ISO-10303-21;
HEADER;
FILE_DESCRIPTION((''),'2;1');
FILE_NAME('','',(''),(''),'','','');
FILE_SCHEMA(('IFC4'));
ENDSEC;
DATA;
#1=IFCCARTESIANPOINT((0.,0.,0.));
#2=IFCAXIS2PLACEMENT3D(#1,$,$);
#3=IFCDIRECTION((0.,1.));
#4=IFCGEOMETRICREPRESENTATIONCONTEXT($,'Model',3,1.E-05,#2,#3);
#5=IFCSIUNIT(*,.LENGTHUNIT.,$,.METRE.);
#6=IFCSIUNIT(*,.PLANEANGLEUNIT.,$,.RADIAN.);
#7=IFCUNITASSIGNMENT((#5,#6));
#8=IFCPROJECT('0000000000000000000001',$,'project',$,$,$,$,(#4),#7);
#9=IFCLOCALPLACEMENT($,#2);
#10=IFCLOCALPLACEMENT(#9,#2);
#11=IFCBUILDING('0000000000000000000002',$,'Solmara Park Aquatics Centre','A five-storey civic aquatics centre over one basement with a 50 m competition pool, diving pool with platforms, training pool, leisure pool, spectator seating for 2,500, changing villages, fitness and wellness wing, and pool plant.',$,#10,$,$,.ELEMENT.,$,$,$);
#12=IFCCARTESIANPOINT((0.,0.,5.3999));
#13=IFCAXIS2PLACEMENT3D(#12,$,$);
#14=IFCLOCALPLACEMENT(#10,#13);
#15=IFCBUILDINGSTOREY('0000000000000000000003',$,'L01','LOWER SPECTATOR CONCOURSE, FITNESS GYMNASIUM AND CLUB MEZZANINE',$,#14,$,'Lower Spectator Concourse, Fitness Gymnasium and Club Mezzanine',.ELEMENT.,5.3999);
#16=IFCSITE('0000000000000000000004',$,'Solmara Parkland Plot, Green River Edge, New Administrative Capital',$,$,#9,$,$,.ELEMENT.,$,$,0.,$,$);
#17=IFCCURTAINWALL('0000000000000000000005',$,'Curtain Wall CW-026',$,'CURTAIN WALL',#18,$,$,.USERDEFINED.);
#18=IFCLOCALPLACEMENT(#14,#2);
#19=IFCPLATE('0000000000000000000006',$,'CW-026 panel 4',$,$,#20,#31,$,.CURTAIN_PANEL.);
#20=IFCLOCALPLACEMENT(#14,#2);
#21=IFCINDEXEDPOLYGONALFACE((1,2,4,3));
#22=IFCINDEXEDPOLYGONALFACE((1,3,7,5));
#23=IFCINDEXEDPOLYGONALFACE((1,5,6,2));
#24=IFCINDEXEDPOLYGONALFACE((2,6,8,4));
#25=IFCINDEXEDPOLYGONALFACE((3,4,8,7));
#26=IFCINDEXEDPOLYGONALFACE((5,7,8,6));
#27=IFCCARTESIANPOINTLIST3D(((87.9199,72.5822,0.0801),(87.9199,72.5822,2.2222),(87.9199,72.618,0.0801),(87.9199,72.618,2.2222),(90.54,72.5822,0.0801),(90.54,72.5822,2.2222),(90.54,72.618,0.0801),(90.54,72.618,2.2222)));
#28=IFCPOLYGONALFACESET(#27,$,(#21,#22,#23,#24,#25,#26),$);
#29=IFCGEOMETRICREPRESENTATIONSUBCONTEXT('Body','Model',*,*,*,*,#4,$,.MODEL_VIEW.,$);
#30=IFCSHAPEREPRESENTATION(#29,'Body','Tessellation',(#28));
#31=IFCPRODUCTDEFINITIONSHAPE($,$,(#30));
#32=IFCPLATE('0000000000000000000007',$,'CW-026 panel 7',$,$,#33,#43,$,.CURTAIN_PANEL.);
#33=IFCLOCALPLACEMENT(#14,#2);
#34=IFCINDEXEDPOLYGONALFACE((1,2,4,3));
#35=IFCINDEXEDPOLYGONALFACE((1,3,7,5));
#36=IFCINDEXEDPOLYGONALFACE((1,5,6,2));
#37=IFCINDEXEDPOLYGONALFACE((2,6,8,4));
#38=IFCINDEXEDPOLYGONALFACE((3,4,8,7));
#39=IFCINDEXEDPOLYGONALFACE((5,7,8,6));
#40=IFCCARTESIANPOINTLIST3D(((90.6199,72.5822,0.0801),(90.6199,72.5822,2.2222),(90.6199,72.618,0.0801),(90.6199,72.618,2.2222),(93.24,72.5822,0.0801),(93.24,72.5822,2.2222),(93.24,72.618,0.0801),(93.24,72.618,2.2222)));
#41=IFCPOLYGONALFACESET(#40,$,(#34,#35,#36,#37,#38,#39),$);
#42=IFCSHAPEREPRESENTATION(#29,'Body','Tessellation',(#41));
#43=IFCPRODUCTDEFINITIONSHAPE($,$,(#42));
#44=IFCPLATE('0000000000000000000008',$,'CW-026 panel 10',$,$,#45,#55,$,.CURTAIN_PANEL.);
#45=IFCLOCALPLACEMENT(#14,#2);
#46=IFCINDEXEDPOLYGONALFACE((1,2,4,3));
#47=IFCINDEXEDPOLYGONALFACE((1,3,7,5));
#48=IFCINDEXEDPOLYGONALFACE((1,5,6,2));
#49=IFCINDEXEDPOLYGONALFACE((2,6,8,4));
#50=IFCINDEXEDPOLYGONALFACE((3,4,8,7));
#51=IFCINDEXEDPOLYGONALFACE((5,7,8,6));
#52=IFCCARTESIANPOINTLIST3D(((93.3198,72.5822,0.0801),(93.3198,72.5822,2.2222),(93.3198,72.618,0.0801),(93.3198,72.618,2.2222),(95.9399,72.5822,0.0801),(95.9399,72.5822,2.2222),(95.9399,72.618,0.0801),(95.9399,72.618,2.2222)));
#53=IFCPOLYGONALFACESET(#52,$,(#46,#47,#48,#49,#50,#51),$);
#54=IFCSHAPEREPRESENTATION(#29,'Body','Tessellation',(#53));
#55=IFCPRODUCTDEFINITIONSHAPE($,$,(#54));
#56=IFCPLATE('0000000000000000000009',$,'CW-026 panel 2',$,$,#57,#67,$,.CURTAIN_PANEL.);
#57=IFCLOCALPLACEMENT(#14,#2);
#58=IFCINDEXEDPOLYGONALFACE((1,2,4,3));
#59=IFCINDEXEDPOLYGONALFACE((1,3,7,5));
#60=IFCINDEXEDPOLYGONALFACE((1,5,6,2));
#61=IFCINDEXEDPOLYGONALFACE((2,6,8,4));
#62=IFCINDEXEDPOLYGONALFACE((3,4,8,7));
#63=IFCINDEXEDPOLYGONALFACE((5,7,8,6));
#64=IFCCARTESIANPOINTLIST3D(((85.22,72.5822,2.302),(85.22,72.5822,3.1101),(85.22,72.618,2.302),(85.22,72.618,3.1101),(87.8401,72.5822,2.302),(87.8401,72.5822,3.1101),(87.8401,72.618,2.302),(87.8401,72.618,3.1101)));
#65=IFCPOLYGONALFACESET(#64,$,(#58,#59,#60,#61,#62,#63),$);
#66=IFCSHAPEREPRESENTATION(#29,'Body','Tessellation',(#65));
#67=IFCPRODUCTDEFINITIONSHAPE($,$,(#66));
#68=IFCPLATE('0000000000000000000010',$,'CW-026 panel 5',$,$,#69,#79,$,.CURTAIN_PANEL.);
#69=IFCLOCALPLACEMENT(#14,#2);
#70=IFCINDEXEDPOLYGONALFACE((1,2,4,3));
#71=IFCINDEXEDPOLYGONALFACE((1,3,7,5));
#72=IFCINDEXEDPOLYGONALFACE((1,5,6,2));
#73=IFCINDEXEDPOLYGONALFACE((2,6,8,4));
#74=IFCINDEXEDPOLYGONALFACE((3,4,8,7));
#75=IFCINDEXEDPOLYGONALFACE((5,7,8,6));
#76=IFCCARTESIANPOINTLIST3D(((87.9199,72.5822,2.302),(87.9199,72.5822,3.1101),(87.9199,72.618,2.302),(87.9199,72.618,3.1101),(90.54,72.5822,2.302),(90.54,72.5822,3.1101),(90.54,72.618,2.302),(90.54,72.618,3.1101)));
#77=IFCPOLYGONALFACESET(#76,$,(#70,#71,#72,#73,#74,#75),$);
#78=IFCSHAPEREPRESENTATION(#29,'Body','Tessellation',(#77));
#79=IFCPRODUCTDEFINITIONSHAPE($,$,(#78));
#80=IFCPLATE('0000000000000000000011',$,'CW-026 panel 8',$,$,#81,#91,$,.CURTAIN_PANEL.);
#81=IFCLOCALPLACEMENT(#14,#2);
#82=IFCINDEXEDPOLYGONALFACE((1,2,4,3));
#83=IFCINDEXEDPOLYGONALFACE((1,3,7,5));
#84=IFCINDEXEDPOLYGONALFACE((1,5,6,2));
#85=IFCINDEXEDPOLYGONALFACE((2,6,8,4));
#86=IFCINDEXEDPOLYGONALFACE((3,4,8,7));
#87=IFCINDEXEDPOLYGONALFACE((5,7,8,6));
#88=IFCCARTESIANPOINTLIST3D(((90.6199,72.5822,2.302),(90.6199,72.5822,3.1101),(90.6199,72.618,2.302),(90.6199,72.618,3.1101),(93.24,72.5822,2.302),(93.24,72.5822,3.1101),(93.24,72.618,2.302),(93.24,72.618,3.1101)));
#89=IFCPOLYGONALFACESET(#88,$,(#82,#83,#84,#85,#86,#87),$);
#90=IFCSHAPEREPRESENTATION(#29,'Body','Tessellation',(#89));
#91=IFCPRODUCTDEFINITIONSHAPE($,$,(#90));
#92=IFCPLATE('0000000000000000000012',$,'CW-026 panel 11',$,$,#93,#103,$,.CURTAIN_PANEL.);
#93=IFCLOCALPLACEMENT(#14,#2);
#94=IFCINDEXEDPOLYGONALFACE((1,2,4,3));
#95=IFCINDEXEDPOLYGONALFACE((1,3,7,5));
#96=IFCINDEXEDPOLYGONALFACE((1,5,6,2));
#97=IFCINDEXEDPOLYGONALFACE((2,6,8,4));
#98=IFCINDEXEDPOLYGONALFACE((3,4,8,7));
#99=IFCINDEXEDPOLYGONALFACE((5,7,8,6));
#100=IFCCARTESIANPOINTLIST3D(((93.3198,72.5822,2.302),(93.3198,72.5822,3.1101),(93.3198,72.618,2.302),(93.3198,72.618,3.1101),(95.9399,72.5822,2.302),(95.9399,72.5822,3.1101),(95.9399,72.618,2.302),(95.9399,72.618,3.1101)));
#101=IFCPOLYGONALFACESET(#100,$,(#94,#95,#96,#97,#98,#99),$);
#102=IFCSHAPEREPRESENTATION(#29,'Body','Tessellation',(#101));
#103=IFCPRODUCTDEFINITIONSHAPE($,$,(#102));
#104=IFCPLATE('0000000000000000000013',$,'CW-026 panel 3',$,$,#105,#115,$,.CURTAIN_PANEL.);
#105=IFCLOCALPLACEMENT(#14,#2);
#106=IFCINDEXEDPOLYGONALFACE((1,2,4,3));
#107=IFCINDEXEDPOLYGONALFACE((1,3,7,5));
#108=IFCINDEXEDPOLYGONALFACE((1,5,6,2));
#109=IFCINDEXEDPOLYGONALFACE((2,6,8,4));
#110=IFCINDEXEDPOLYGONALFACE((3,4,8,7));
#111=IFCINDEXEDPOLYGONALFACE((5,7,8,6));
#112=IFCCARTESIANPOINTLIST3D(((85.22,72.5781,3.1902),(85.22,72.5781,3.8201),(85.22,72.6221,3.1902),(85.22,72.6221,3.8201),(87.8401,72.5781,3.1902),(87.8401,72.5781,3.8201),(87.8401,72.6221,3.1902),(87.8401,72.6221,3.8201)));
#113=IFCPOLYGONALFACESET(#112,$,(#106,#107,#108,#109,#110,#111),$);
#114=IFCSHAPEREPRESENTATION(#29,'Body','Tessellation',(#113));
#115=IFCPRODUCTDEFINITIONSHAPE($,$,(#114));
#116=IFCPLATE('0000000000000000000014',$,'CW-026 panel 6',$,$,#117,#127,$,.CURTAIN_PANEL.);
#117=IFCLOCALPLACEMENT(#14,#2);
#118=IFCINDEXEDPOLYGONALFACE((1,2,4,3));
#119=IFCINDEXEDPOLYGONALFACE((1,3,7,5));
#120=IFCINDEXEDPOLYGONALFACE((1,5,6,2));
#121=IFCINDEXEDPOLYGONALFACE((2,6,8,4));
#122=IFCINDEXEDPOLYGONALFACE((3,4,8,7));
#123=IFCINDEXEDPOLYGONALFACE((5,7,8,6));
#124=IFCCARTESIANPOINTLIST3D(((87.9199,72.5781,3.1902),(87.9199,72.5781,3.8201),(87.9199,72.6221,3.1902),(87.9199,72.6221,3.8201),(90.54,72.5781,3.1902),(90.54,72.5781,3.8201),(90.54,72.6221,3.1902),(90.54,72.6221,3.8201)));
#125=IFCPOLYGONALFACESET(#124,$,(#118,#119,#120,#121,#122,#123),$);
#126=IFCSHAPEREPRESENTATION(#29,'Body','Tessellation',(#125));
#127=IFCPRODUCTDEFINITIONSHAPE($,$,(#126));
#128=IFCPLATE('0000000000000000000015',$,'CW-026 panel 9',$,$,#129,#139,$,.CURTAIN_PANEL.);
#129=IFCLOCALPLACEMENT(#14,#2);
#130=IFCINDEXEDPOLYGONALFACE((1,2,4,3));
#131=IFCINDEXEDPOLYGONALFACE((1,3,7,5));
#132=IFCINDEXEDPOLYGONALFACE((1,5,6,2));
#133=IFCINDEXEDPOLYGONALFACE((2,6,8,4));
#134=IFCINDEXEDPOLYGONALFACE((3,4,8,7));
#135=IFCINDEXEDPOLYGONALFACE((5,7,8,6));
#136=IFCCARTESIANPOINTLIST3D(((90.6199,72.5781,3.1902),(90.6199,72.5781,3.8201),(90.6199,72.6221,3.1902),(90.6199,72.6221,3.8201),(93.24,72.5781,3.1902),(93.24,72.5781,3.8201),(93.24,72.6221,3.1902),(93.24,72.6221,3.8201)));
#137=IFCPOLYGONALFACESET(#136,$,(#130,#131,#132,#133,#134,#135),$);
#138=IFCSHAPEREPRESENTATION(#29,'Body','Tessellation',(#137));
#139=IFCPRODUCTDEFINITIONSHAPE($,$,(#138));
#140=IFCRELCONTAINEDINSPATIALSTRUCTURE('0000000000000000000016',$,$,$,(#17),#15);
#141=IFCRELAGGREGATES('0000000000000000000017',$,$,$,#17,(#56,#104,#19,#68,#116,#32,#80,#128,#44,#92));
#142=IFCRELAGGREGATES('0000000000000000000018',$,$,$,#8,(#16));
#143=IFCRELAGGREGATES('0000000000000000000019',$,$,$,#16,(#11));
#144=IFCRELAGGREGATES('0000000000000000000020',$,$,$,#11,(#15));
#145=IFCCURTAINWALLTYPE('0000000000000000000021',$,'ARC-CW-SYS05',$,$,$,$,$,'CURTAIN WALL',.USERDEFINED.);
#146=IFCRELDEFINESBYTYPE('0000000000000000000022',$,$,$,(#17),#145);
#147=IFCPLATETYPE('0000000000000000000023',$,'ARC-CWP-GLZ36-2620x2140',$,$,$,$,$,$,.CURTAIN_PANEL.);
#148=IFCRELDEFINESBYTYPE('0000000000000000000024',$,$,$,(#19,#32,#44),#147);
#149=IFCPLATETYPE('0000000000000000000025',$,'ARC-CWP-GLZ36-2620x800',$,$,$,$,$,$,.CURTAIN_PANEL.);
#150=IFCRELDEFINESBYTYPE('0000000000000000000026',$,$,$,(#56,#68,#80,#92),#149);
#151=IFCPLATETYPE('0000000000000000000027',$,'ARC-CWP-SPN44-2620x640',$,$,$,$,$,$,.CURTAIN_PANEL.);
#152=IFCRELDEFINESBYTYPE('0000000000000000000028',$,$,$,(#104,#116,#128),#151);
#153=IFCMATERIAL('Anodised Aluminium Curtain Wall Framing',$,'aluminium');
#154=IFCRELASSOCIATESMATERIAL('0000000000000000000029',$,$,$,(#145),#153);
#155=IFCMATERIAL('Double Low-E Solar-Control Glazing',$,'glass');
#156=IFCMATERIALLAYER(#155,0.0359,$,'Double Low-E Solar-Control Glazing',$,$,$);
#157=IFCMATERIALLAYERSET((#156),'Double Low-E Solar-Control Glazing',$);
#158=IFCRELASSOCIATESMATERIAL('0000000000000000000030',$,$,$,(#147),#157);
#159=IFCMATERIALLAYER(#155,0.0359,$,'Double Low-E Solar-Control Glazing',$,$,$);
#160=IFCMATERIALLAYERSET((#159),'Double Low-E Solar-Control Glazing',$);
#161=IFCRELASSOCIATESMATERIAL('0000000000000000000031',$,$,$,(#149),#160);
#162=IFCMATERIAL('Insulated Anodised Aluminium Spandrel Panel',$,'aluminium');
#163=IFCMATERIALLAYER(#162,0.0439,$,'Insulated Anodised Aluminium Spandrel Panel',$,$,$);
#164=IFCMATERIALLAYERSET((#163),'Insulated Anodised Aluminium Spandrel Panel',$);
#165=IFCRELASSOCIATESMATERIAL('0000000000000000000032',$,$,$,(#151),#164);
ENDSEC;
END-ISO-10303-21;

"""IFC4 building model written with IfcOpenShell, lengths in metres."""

from ifc_helpers import new_model, si_unit, direction, frame, origin, origin_2d, place, context, subcontext, project, spatial, rectangle, extrude, material, layer, layer_set, type_object, element, aggregate, save


model = new_model("IFC4")

# Units and contexts
model_context = context("Model", 3, precision=1e-05, world=origin(), true_north=direction((0.0, 1.0)))
body_context = subcontext(model_context, "Body", "Model", "MODEL_VIEW")
ifc_project = project(units=[si_unit("LENGTHUNIT", "METRE"), si_unit("PLANEANGLEUNIT", "RADIAN")], contexts=[model_context])

# Site, building, storey
site_placement = place(None, origin())
site = spatial("IfcSite", under=ifc_project, at=site_placement, Name="Solmara Parkland Plot, Green River Edge, New Administrative Capital", CompositionType="ELEMENT", RefElevation=0.0)
building_placement = place(site_placement, origin())
building = spatial("IfcBuilding", under=site, at=building_placement, Name="Solmara Park Aquatics Centre", Description="A five-storey civic aquatics centre over one basement with a 50 m competition pool, diving pool with platforms, training pool, leisure pool, spectator seating for 2,500, changing villages, fitness and wellness wing, and pool plant.", CompositionType="ELEMENT")
storey_placement = place(building_placement, frame((0.0, 0.0, 5.3999)))
storey = spatial("IfcBuildingStorey", under=building, at=storey_placement, Name="L01", Description="LOWER SPECTATOR CONCOURSE, FITNESS GYMNASIUM AND CLUB MEZZANINE", LongName="Lower Spectator Concourse, Fitness Gymnasium and Club Mezzanine", CompositionType="ELEMENT", Elevation=5.3999)

# Curtain wall
ifc_material_1 = material(Name="Anodised Aluminium Curtain Wall Framing", Category="aluminium")
curtain_wall_type = type_object("IfcCurtainWallType", Name="ARC-CW-SYS05", ElementType="CURTAIN WALL", PredefinedType="USERDEFINED", material=ifc_material_1)
curtain_wall_placement = place(storey_placement, origin())
curtain_wall = element("IfcCurtainWall", 1, at=curtain_wall_placement, inside=storey, type_object=curtain_wall_type, Name="Curtain Wall CW-026", ObjectType="CURTAIN WALL", PredefinedType="USERDEFINED")

# Plates
ifc_material_2 = material(Name="Double Low-E Solar-Control Glazing", Category="glass")
ifc_layer_1 = layer(ifc_material_2, 0.0359, Name="Double Low-E Solar-Control Glazing")
ifc_layer_set_1 = layer_set([ifc_layer_1], Name="Double Low-E Solar-Control Glazing")
plate_type_1 = type_object("IfcPlateType", Name="ARC-CWP-GLZ36-2620x2140", PredefinedType="CURTAIN_PANEL", material=ifc_layer_set_1)
plate_1_placement = place(storey_placement, frame((89.23, 72.6001, 0.0801), z_axis=(0.0, 0.0, 1.0), x_axis=(1.0, 0.0, 0.0)))
plate_1 = element("IfcPlate", 2, at=plate_1_placement, type_object=plate_type_1, Name="CW-026 panel 4", PredefinedType="CURTAIN_PANEL", context=body_context, shape_type="SweptSolid", body=[
    extrude(rectangle(XDim=2.6201, YDim=0.0359, at=origin_2d()), origin(), (0.0, 0.0, 1.0), 2.1421),
])
plate_2_placement = place(storey_placement, frame((91.9299, 72.6001, 0.0801), z_axis=(0.0, 0.0, 1.0), x_axis=(1.0, 0.0, 0.0)))
plate_2 = element("IfcPlate", 3, at=plate_2_placement, type_object=plate_type_1, Name="CW-026 panel 7", PredefinedType="CURTAIN_PANEL", context=body_context, shape_type="SweptSolid", body=[
    extrude(rectangle(XDim=2.6201, YDim=0.0359, at=origin_2d()), origin(), (0.0, 0.0, 1.0), 2.1421),
])
plate_3_placement = place(storey_placement, frame((94.6299, 72.6001, 0.0801), z_axis=(0.0, 0.0, 1.0), x_axis=(1.0, 0.0, 0.0)))
plate_3 = element("IfcPlate", 4, at=plate_3_placement, type_object=plate_type_1, Name="CW-026 panel 10", PredefinedType="CURTAIN_PANEL", context=body_context, shape_type="SweptSolid", body=[
    extrude(rectangle(XDim=2.6201, YDim=0.0359, at=origin_2d()), origin(), (0.0, 0.0, 1.0), 2.1421),
])
ifc_layer_2 = layer(ifc_material_2, 0.0359, Name="Double Low-E Solar-Control Glazing")
ifc_layer_set_2 = layer_set([ifc_layer_2], Name="Double Low-E Solar-Control Glazing")
plate_type_2 = type_object("IfcPlateType", Name="ARC-CWP-GLZ36-2620x800", PredefinedType="CURTAIN_PANEL", material=ifc_layer_set_2)
plate_4_placement = place(storey_placement, frame((86.53, 72.6001, 2.302), z_axis=(0.0, 0.0, 1.0), x_axis=(1.0, 0.0, 0.0)))
plate_4 = element("IfcPlate", 5, at=plate_4_placement, type_object=plate_type_2, Name="CW-026 panel 2", PredefinedType="CURTAIN_PANEL", context=body_context, shape_type="SweptSolid", body=[
    extrude(rectangle(XDim=2.6201, YDim=0.0359, at=origin_2d()), origin(), (0.0, 0.0, 1.0), 0.8081),
])
plate_5_placement = place(storey_placement, frame((89.23, 72.6001, 2.302), z_axis=(0.0, 0.0, 1.0), x_axis=(1.0, 0.0, 0.0)))
plate_5 = element("IfcPlate", 6, at=plate_5_placement, type_object=plate_type_2, Name="CW-026 panel 5", PredefinedType="CURTAIN_PANEL", context=body_context, shape_type="SweptSolid", body=[
    extrude(rectangle(XDim=2.6201, YDim=0.0359, at=origin_2d()), origin(), (0.0, 0.0, 1.0), 0.8081),
])
plate_6_placement = place(storey_placement, frame((91.9299, 72.6001, 2.302), z_axis=(0.0, 0.0, 1.0), x_axis=(1.0, 0.0, 0.0)))
plate_6 = element("IfcPlate", 7, at=plate_6_placement, type_object=plate_type_2, Name="CW-026 panel 8", PredefinedType="CURTAIN_PANEL", context=body_context, shape_type="SweptSolid", body=[
    extrude(rectangle(XDim=2.6201, YDim=0.0359, at=origin_2d()), origin(), (0.0, 0.0, 1.0), 0.8081),
])
plate_7_placement = place(storey_placement, frame((94.6299, 72.6001, 2.302), z_axis=(0.0, 0.0, 1.0), x_axis=(1.0, 0.0, 0.0)))
plate_7 = element("IfcPlate", 8, at=plate_7_placement, type_object=plate_type_2, Name="CW-026 panel 11", PredefinedType="CURTAIN_PANEL", context=body_context, shape_type="SweptSolid", body=[
    extrude(rectangle(XDim=2.6201, YDim=0.0359, at=origin_2d()), origin(), (0.0, 0.0, 1.0), 0.8081),
])
ifc_material_3 = material(Name="Insulated Anodised Aluminium Spandrel Panel", Category="aluminium")
ifc_layer_3 = layer(ifc_material_3, 0.0439, Name="Insulated Anodised Aluminium Spandrel Panel")
ifc_layer_set_3 = layer_set([ifc_layer_3], Name="Insulated Anodised Aluminium Spandrel Panel")
plate_type_3 = type_object("IfcPlateType", Name="ARC-CWP-SPN44-2620x640", PredefinedType="CURTAIN_PANEL", material=ifc_layer_set_3)
plate_8_placement = place(storey_placement, frame((86.53, 72.6001, 3.1902), z_axis=(0.0, 0.0, 1.0), x_axis=(1.0, 0.0, 0.0)))
plate_8 = element("IfcPlate", 9, at=plate_8_placement, type_object=plate_type_3, Name="CW-026 panel 3", PredefinedType="CURTAIN_PANEL", context=body_context, shape_type="SweptSolid", body=[
    extrude(rectangle(XDim=2.6201, YDim=0.0439, at=origin_2d()), origin(), (0.0, 0.0, 1.0), 0.6299),
])
plate_9_placement = place(storey_placement, frame((89.23, 72.6001, 3.1902), z_axis=(0.0, 0.0, 1.0), x_axis=(1.0, 0.0, 0.0)))
plate_9 = element("IfcPlate", 10, at=plate_9_placement, type_object=plate_type_3, Name="CW-026 panel 6", PredefinedType="CURTAIN_PANEL", context=body_context, shape_type="SweptSolid", body=[
    extrude(rectangle(XDim=2.6201, YDim=0.0439, at=origin_2d()), origin(), (0.0, 0.0, 1.0), 0.6299),
])
plate_10_placement = place(storey_placement, frame((91.9299, 72.6001, 3.1902), z_axis=(0.0, 0.0, 1.0), x_axis=(1.0, 0.0, 0.0)))
plate_10 = element("IfcPlate", 11, at=plate_10_placement, type_object=plate_type_3, Name="CW-026 panel 9", PredefinedType="CURTAIN_PANEL", context=body_context, shape_type="SweptSolid", body=[
    extrude(rectangle(XDim=2.6201, YDim=0.0439, at=origin_2d()), origin(), (0.0, 0.0, 1.0), 0.6299),
])
aggregate(curtain_wall, [plate_4, plate_8, plate_1, plate_5, plate_9, plate_2, plate_6, plate_10, plate_3, plate_7])

save(model, "model.ifc")
